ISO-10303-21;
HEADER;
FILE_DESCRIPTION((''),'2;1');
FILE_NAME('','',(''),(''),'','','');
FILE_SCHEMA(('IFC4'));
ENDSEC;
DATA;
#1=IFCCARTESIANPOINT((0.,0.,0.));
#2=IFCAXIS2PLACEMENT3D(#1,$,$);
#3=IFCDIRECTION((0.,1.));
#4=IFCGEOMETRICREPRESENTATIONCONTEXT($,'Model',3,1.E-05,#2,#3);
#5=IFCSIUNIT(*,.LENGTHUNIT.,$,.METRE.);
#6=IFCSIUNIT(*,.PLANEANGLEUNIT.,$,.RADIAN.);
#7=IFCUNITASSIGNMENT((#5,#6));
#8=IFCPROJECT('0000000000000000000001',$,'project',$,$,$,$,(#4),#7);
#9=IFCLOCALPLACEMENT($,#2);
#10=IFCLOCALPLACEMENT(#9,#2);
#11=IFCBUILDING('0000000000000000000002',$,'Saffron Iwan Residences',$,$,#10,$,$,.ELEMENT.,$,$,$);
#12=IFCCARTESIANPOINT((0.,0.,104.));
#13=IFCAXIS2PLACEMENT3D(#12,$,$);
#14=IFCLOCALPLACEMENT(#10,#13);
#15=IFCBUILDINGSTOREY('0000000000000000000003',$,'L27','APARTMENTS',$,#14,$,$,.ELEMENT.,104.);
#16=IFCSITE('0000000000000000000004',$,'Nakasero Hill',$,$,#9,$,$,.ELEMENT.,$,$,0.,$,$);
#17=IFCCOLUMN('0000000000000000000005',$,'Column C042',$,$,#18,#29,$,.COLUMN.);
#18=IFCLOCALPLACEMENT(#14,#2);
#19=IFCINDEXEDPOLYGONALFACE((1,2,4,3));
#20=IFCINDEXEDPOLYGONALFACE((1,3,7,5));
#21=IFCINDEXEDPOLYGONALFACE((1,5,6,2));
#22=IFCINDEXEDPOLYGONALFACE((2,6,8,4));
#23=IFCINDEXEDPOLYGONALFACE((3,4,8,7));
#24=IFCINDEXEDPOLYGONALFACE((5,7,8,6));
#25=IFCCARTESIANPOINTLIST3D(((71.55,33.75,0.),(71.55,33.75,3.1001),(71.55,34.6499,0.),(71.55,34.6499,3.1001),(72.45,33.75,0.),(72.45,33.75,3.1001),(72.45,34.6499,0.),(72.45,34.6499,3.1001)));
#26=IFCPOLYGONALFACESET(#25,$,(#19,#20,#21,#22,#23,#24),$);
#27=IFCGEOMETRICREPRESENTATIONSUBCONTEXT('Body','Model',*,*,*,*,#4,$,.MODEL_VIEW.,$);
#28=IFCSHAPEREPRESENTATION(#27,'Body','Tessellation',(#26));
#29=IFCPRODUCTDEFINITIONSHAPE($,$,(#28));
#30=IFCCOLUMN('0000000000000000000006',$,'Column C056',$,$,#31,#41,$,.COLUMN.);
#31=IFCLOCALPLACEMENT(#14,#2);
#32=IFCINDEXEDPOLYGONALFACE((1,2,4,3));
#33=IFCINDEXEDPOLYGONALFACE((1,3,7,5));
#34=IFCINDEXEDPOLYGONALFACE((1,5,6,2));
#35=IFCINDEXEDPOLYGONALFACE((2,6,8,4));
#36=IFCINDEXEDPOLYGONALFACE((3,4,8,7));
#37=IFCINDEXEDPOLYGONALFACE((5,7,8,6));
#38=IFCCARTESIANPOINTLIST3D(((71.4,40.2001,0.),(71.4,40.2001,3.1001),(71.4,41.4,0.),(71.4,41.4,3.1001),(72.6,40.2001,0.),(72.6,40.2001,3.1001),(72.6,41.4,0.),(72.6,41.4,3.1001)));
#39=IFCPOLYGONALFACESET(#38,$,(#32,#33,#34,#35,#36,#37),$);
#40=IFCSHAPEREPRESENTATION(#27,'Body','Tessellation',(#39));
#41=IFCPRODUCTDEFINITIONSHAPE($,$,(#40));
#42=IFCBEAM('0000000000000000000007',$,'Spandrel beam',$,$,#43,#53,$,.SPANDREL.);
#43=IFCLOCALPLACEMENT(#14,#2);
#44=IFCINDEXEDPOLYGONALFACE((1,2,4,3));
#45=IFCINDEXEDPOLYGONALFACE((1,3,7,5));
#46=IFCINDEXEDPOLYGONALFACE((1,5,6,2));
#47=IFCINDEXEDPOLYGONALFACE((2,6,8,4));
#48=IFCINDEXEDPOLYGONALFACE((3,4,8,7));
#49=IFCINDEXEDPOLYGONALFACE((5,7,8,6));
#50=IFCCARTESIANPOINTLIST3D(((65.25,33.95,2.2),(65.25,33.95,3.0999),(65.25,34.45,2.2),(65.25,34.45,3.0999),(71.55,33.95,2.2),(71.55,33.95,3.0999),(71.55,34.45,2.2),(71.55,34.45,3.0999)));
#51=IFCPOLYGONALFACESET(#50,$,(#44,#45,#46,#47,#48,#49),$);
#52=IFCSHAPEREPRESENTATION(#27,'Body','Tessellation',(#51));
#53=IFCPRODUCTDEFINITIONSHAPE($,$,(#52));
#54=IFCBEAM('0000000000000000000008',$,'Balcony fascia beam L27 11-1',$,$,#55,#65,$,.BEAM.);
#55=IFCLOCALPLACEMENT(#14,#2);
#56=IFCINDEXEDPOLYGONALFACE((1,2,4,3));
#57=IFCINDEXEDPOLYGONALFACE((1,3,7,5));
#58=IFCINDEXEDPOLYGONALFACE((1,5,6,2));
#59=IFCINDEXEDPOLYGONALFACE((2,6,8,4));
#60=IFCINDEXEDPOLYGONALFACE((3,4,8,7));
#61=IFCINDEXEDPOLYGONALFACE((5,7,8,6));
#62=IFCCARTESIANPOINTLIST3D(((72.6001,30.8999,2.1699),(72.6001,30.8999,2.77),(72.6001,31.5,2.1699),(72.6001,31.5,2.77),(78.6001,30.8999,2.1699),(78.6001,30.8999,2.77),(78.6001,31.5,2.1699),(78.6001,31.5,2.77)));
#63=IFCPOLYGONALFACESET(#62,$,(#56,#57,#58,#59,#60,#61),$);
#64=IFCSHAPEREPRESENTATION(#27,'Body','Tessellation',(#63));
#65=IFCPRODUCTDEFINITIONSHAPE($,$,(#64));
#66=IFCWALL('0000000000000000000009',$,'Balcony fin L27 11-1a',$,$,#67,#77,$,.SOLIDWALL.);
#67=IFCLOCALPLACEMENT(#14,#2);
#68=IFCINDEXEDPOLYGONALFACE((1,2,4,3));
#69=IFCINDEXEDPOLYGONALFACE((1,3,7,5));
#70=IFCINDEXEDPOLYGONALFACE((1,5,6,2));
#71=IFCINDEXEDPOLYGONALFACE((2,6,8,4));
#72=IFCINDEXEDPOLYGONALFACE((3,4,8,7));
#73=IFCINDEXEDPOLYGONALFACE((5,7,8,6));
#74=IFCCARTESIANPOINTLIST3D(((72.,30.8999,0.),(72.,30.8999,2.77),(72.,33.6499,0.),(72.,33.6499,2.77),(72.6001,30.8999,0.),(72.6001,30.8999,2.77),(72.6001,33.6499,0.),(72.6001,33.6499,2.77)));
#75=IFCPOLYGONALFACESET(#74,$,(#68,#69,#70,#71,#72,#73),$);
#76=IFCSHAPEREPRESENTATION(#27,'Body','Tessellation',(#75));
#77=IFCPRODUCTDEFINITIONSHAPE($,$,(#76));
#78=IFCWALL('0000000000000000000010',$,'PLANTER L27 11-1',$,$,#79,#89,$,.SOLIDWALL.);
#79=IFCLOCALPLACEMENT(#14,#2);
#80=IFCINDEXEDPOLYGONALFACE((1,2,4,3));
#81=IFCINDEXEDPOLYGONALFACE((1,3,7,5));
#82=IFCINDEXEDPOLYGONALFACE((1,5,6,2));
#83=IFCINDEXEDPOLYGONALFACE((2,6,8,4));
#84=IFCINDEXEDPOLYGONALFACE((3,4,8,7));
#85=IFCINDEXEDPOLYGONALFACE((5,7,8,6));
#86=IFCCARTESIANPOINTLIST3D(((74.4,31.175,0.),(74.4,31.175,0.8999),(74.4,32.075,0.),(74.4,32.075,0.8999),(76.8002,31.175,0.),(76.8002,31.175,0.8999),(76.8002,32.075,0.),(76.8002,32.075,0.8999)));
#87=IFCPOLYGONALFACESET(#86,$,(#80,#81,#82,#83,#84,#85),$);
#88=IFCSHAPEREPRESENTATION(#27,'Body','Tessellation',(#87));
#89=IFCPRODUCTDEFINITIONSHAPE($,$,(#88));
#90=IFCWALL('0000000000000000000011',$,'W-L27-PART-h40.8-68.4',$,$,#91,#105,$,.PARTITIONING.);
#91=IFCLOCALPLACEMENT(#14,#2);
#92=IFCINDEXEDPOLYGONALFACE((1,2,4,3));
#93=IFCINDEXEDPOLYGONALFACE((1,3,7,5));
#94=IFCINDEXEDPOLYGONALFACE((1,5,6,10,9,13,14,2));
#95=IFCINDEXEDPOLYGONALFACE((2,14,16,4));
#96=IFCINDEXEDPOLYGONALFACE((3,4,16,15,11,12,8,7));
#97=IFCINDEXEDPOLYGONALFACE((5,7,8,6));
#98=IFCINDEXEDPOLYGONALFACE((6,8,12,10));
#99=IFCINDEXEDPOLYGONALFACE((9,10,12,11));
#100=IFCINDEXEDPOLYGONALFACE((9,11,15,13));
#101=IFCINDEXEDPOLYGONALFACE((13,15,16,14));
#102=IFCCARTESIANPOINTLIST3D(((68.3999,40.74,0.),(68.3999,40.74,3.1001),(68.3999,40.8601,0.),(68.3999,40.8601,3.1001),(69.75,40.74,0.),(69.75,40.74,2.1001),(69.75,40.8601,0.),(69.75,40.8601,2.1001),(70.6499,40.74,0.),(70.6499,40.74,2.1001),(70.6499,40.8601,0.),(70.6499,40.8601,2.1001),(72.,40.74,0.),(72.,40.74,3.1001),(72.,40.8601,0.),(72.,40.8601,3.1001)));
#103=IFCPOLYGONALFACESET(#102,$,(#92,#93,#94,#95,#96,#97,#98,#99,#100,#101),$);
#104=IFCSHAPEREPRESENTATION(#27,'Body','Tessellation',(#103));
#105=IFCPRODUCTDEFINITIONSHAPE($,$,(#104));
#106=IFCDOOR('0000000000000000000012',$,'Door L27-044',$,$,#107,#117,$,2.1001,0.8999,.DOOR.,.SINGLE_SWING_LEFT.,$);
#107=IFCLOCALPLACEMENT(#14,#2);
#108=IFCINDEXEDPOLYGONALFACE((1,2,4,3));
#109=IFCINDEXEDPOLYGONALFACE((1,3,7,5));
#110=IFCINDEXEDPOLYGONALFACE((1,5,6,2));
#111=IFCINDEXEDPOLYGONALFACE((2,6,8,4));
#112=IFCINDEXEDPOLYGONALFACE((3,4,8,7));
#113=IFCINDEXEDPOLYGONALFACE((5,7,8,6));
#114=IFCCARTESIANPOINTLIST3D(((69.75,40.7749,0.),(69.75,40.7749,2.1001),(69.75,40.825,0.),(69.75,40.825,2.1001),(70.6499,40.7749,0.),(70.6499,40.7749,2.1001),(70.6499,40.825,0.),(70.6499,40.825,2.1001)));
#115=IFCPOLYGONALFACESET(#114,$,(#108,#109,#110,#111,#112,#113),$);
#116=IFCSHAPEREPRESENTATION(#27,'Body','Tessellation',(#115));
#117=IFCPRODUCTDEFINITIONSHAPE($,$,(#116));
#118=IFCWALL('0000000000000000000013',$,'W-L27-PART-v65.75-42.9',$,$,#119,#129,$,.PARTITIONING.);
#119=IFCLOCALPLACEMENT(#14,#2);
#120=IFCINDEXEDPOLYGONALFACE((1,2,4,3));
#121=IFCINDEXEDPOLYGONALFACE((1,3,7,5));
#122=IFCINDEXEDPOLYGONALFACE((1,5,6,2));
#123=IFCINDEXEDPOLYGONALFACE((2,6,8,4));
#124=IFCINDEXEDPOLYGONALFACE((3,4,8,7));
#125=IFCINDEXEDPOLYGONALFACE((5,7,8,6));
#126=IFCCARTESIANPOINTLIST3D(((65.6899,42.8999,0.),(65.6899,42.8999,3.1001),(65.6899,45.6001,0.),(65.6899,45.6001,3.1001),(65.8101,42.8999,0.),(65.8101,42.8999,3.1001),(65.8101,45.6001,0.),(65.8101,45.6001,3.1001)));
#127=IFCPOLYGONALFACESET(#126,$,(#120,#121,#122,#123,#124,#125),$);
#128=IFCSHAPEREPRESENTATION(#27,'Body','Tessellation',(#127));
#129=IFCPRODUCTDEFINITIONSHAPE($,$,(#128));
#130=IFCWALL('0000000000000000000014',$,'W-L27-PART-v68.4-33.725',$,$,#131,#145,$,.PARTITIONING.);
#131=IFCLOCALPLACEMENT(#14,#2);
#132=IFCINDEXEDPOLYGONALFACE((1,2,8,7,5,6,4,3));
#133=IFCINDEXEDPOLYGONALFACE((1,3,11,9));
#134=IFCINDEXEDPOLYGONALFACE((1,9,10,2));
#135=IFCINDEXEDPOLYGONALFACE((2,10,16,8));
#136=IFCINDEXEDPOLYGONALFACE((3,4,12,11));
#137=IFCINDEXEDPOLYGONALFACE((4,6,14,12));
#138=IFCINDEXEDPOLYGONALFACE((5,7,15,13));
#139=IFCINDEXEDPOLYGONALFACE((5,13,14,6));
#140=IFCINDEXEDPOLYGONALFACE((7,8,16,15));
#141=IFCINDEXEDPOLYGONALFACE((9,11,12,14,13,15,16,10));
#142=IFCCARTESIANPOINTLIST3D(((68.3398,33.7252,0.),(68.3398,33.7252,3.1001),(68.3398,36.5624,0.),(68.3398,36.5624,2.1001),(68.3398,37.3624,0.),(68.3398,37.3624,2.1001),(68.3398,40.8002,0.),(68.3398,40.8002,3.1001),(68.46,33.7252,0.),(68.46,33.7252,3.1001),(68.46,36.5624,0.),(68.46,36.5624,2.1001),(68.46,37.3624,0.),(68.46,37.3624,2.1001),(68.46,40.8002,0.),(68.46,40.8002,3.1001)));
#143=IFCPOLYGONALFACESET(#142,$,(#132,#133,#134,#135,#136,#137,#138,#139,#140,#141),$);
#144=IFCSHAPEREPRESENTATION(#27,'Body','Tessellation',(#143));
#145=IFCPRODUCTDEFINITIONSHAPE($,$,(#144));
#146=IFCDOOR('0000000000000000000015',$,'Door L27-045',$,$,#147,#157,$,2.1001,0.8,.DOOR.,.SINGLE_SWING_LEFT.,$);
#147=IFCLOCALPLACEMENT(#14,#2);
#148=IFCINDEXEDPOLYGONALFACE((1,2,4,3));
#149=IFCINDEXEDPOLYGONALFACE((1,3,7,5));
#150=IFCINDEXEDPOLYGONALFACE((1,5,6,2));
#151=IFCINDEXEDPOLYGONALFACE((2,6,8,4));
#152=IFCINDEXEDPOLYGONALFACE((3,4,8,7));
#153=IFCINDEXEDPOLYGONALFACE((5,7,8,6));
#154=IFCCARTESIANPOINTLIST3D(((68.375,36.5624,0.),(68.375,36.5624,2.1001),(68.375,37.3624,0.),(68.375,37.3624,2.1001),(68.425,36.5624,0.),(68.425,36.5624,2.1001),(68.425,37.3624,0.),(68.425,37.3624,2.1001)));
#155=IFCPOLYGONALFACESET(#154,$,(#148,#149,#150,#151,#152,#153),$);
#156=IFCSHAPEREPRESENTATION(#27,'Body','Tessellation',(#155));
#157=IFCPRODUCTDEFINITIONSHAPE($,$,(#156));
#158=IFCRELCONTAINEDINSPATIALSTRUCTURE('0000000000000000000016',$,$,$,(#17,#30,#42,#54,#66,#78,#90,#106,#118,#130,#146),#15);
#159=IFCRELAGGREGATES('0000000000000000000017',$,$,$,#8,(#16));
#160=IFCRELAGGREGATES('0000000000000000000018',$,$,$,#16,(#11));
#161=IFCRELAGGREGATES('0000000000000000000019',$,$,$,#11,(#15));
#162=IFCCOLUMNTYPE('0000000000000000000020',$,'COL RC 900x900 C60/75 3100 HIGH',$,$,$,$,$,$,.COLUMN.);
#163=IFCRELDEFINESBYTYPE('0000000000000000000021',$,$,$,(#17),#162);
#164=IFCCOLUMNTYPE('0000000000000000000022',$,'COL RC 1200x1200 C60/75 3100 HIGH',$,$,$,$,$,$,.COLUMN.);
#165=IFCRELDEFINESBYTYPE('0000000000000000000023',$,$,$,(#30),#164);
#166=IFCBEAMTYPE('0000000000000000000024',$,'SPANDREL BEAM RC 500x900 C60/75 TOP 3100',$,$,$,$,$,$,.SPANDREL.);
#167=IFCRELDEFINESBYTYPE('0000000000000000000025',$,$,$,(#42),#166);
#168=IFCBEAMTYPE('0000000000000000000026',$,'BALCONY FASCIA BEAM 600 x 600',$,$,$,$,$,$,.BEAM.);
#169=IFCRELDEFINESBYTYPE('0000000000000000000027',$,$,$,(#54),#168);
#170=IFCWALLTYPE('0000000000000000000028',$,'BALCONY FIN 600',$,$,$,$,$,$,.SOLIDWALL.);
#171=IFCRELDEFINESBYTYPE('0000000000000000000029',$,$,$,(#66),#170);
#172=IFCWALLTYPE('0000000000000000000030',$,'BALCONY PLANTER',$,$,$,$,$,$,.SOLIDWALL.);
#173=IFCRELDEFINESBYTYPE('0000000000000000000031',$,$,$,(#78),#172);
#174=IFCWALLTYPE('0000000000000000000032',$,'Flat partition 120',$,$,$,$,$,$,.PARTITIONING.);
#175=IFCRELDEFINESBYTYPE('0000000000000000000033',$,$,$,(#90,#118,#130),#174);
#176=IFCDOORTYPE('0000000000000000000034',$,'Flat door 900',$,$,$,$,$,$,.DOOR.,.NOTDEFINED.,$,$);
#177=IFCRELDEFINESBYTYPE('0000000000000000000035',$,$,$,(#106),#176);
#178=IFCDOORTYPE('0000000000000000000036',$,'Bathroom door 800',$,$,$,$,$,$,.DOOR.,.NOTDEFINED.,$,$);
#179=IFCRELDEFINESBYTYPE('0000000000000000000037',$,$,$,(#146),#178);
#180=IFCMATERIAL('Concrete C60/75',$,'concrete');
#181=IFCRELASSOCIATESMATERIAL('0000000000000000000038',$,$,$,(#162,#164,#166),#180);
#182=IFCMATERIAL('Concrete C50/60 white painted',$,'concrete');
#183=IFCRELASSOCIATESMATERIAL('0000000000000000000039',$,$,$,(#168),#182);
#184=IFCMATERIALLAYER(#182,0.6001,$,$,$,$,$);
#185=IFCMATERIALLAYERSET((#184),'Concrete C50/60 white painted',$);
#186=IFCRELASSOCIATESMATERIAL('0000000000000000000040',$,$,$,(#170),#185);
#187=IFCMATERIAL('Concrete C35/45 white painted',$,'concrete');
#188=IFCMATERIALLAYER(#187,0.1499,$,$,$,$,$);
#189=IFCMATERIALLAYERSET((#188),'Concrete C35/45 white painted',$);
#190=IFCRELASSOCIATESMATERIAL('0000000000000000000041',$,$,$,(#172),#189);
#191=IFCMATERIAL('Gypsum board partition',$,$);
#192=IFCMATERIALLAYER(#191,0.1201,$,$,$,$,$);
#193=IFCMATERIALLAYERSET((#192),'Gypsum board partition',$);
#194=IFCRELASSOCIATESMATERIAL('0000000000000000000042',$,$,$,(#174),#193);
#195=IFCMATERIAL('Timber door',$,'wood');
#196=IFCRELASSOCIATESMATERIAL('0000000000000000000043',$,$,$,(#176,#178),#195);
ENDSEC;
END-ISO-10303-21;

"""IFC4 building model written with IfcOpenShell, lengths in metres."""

from ifc_helpers import new_model, si_unit, direction, frame, frame_2d, origin, origin_2d, place, context, subcontext, project, spatial, rectangle, extrude, source, transform, mapped, material, layer, layer_set, material_profile, profile_set, type_object, element, fill, save


model = new_model("IFC4")

# Units and contexts
model_context = context("Model", 3, precision=1e-05, world=origin(), true_north=direction((0.0, 1.0)))
body_context = subcontext(model_context, "Body", "Model", "MODEL_VIEW")
ifc_project = project(units=[si_unit("LENGTHUNIT", "METRE"), si_unit("PLANEANGLEUNIT", "RADIAN")], contexts=[model_context])

# Site, building, storey
site_placement = place(None, origin())
site = spatial("IfcSite", under=ifc_project, at=site_placement, Name="Nakasero Hill", CompositionType="ELEMENT", RefElevation=0.0)
building_placement = place(site_placement, origin())
building = spatial("IfcBuilding", under=site, at=building_placement, Name="Saffron Iwan Residences", CompositionType="ELEMENT")
storey_placement = place(building_placement, frame((0.0, 0.0, 104.0)))
storey = spatial("IfcBuildingStorey", under=building, at=storey_placement, Name="L27", Description="APARTMENTS", CompositionType="ELEMENT", Elevation=104.0)

# Columns
ifc_material_1 = material(Name="Concrete C60/75", Category="concrete")
ifc_material_profile_1 = material_profile(ifc_material_1, rectangle(XDim=0.8999, YDim=0.8999, at=origin_2d()), Name="RC 900x900")
ifc_profile_set_1 = profile_set([ifc_material_profile_1], Name="Concrete C60/75")
column_type_1 = type_object("IfcColumnType", Name="COL RC 900x900 C60/75 3100 HIGH", PredefinedType="COLUMN", material=ifc_profile_set_1)
shared_shape_1 = source(origin(), body_context, "Body", "SweptSolid", [
    extrude(rectangle(XDim=0.8999, YDim=0.8999, at=origin_2d()), origin(), (0.0, 0.0, 1.0), 3.1001),
])
column_1_placement = place(storey_placement, frame((72.0, 34.2, 0.0), z_axis=(0.0, 0.0, 1.0), x_axis=(1.0, 0.0, 0.0)))
element("IfcColumn", 1, at=column_1_placement, inside=storey, type_object=column_type_1, Name="Column C042", PredefinedType="COLUMN", context=body_context, shape_type="MappedRepresentation", body=[
    mapped(shared_shape_1, transform((0.0, 0.0, 0.0))),
])
ifc_material_profile_2 = material_profile(ifc_material_1, rectangle(XDim=1.2, YDim=1.2, at=origin_2d()), Name="RC 1200x1200")
ifc_profile_set_2 = profile_set([ifc_material_profile_2], Name="Concrete C60/75")
column_type_2 = type_object("IfcColumnType", Name="COL RC 1200x1200 C60/75 3100 HIGH", PredefinedType="COLUMN", material=ifc_profile_set_2)
shared_shape_2 = source(origin(), body_context, "Body", "SweptSolid", [
    extrude(rectangle(XDim=1.2, YDim=1.2, at=origin_2d()), origin(), (0.0, 0.0, 1.0), 3.1001),
])
column_2_placement = place(storey_placement, frame((72.0, 40.8, 0.0), z_axis=(0.0, 0.0, 1.0), x_axis=(1.0, 0.0, 0.0)))
element("IfcColumn", 2, at=column_2_placement, inside=storey, type_object=column_type_2, Name="Column C056", PredefinedType="COLUMN", context=body_context, shape_type="MappedRepresentation", body=[
    mapped(shared_shape_2, transform((0.0, 0.0, 0.0))),
])

# Beams
ifc_material_profile_3 = material_profile(ifc_material_1, rectangle(XDim=0.5, YDim=0.8999, at=origin_2d()), Name="RC 500x900")
ifc_profile_set_3 = profile_set([ifc_material_profile_3], Name="Concrete C60/75")
beam_type_1 = type_object("IfcBeamType", Name="SPANDREL BEAM RC 500x900 C60/75 TOP 3100", PredefinedType="SPANDREL", material=ifc_profile_set_3)
shared_shape_3 = source(origin(), body_context, "Body", "SweptSolid", [
    extrude(rectangle(XDim=0.5, YDim=0.8999, at=origin_2d()), origin(), (0.0, 0.0, 1.0), 6.3),
])
beam_1_placement = place(storey_placement, frame((71.55, 34.2, 2.6499), z_axis=(-1.0, 0.0, 0.0), x_axis=(0.0, -1.0, 0.0)))
element("IfcBeam", 3, at=beam_1_placement, inside=storey, type_object=beam_type_1, Name="Spandrel beam", PredefinedType="SPANDREL", context=body_context, shape_type="MappedRepresentation", body=[
    mapped(shared_shape_3, transform((0.0, 0.0, 0.0))),
])
ifc_material_2 = material(Name="Concrete C50/60 white painted", Category="concrete")
ifc_material_profile_4 = material_profile(ifc_material_2, rectangle(XDim=0.6001, YDim=0.6001, at=origin_2d()), Name="BALCONY FASCIA BEAM 600 x 600")
ifc_profile_set_4 = profile_set([ifc_material_profile_4], Name="Concrete C50/60 white painted")
beam_type_2 = type_object("IfcBeamType", Name="BALCONY FASCIA BEAM 600 x 600", PredefinedType="BEAM", material=ifc_profile_set_4)
shared_shape_4 = source(origin(), body_context, "Body", "SweptSolid", [
    extrude(rectangle(XDim=0.6001, YDim=0.6001, at=origin_2d()), origin(), (0.0, 0.0, 1.0), 6.0),
])
beam_2_placement = place(storey_placement, frame((72.6001, 31.2, 2.47), z_axis=(1.0, 0.0, 0.0), x_axis=(0.0, 1.0, 0.0)))
element("IfcBeam", 4, at=beam_2_placement, inside=storey, type_object=beam_type_2, Name="Balcony fascia beam L27 11-1", PredefinedType="BEAM", context=body_context, shape_type="MappedRepresentation", body=[
    mapped(shared_shape_4, transform((0.0, 0.0, 0.0))),
])

# Walls
ifc_layer_1 = layer(ifc_material_2, 0.6001)
ifc_layer_set_1 = layer_set([ifc_layer_1], Name="Concrete C50/60 white painted")
wall_type_1 = type_object("IfcWallType", Name="BALCONY FIN 600", PredefinedType="SOLIDWALL", material=ifc_layer_set_1)
wall_1_placement = place(storey_placement, frame((72.3, 33.6499, 0.0), z_axis=(0.0, 0.0, 1.0), x_axis=(0.0, -1.0, 0.0)))
element("IfcWall", 5, at=wall_1_placement, inside=storey, type_object=wall_type_1, Name="Balcony fin L27 11-1a", PredefinedType="SOLIDWALL", context=body_context, shape_type="SweptSolid", body=[
    extrude(rectangle(XDim=2.75, YDim=0.6001, at=frame_2d((1.375, 0.0))), origin(), (0.0, 0.0, 1.0), 2.77),
])
ifc_material_3 = material(Name="Concrete C35/45 white painted", Category="concrete")
ifc_layer_2 = layer(ifc_material_3, 0.1499)
ifc_layer_set_2 = layer_set([ifc_layer_2], Name="Concrete C35/45 white painted")
wall_type_2 = type_object("IfcWallType", Name="BALCONY PLANTER", PredefinedType="SOLIDWALL", material=ifc_layer_set_2)
wall_2_placement = place(storey_placement, frame((74.3999, 31.625, 0.0), z_axis=(0.0, 0.0, 1.0), x_axis=(1.0, 0.0, 0.0)))
element("IfcWall", 6, at=wall_2_placement, inside=storey, type_object=wall_type_2, Name="PLANTER L27 11-1", PredefinedType="SOLIDWALL", context=body_context, shape_type="SweptSolid", body=[
    extrude(rectangle(XDim=2.4001, YDim=0.8999, at=frame_2d((1.2002, 0.0))), origin(), (0.0, 0.0, 1.0), 0.8999),
])

# Wall, opening, door
ifc_material_4 = material(Name="Gypsum board partition")
ifc_layer_3 = layer(ifc_material_4, 0.1201)
ifc_layer_set_3 = layer_set([ifc_layer_3], Name="Gypsum board partition")
wall_type_3 = type_object("IfcWallType", Name="Flat partition 120", PredefinedType="PARTITIONING", material=ifc_layer_set_3)
wall_3_placement = place(storey_placement, frame((68.3999, 40.8, 0.0), z_axis=(0.0, 0.0, 1.0), x_axis=(1.0, 0.0, 0.0)))
wall_3 = element("IfcWall", 7, at=wall_3_placement, inside=storey, type_object=wall_type_3, Name="W-L27-PART-h40.8-68.4", PredefinedType="PARTITIONING", context=body_context, shape_type="SweptSolid", body=[
    extrude(rectangle(XDim=3.6001, YDim=0.1201, at=frame_2d((1.8, 0.0))), origin(), (0.0, 0.0, 1.0), 3.1001),
])
opening_1_placement = place(wall_3_placement, frame((1.3501, 0.0, 0.0)))
opening_1 = element("IfcOpeningElement", 8, at=opening_1_placement, cuts=wall_3, PredefinedType="OPENING", context=body_context, shape_type="SweptSolid", body=[
    extrude(rectangle(XDim=0.8999, YDim=2.1001, at=frame_2d((0.45, 1.05))), frame((0.0, 0.0701, 0.0), z_axis=(0.0, -1.0, 0.0), x_axis=(1.0, 0.0, 0.0)), (0.0, 0.0, 1.0), 0.1401),
])
ifc_material_5 = material(Name="Timber door", Category="wood")
door_type_1 = type_object("IfcDoorType", Name="Flat door 900", OperationType="NOTDEFINED", PredefinedType="DOOR", material=ifc_material_5)
door_1_placement = place(opening_1_placement, origin())
door_1 = element("IfcDoor", 9, at=door_1_placement, inside=storey, type_object=door_type_1, Name="Door L27-044", OperationType="SINGLE_SWING_LEFT", OverallHeight=2.1001, OverallWidth=0.8999, PredefinedType="DOOR", context=body_context, shape_type="SweptSolid", body=[
    extrude(rectangle(XDim=0.8999, YDim=2.1001, at=frame_2d((0.45, 1.05))), frame((0.0, 0.0249, 0.0), z_axis=(0.0, -1.0, 0.0), x_axis=(1.0, 0.0, 0.0)), (0.0, 0.0, 1.0), 0.05),
])
fill(opening_1, door_1)

# Wall
wall_4_placement = place(storey_placement, frame((65.75, 42.8999, 0.0), z_axis=(0.0, 0.0, 1.0), x_axis=(0.0, 1.0, 0.0)))
element("IfcWall", 10, at=wall_4_placement, inside=storey, type_object=wall_type_3, Name="W-L27-PART-v65.75-42.9", PredefinedType="PARTITIONING", context=body_context, shape_type="SweptSolid", body=[
    extrude(rectangle(XDim=2.7002, YDim=0.1201, at=frame_2d((1.3501, 0.0))), origin(), (0.0, 0.0, 1.0), 3.1001),
])

# Wall, opening, door
wall_5_placement = place(storey_placement, frame((68.3999, 33.7251, 0.0), z_axis=(0.0, 0.0, 1.0), x_axis=(0.0, 1.0, 0.0)))
wall_5 = element("IfcWall", 11, at=wall_5_placement, inside=storey, type_object=wall_type_3, Name="W-L27-PART-v68.4-33.725", PredefinedType="PARTITIONING", context=body_context, shape_type="SweptSolid", body=[
    extrude(rectangle(XDim=7.075, YDim=0.1201, at=frame_2d((3.5376, 0.0))), origin(), (0.0, 0.0, 1.0), 3.1001),
])
opening_2_placement = place(wall_5_placement, frame((2.8374, 0.0, 0.0)))
opening_2 = element("IfcOpeningElement", 12, at=opening_2_placement, cuts=wall_5, PredefinedType="OPENING", context=body_context, shape_type="SweptSolid", body=[
    extrude(rectangle(XDim=0.8, YDim=2.1001, at=frame_2d((0.3999, 1.05))), frame((0.0, 0.0701, 0.0), z_axis=(0.0, -1.0, 0.0), x_axis=(1.0, 0.0, 0.0)), (0.0, 0.0, 1.0), 0.1401),
])
door_type_2 = type_object("IfcDoorType", Name="Bathroom door 800", OperationType="NOTDEFINED", PredefinedType="DOOR", material=ifc_material_5)
door_2_placement = place(opening_2_placement, origin())
door_2 = element("IfcDoor", 13, at=door_2_placement, inside=storey, type_object=door_type_2, Name="Door L27-045", OperationType="SINGLE_SWING_LEFT", OverallHeight=2.1001, OverallWidth=0.8, PredefinedType="DOOR", context=body_context, shape_type="SweptSolid", body=[
    extrude(rectangle(XDim=0.8, YDim=2.1001, at=frame_2d((0.3999, 1.05))), frame((0.0, 0.0249, 0.0), z_axis=(0.0, -1.0, 0.0), x_axis=(1.0, 0.0, 0.0)), (0.0, 0.0, 1.0), 0.05),
])
fill(opening_2, door_2)

save(model, "model.ifc")
